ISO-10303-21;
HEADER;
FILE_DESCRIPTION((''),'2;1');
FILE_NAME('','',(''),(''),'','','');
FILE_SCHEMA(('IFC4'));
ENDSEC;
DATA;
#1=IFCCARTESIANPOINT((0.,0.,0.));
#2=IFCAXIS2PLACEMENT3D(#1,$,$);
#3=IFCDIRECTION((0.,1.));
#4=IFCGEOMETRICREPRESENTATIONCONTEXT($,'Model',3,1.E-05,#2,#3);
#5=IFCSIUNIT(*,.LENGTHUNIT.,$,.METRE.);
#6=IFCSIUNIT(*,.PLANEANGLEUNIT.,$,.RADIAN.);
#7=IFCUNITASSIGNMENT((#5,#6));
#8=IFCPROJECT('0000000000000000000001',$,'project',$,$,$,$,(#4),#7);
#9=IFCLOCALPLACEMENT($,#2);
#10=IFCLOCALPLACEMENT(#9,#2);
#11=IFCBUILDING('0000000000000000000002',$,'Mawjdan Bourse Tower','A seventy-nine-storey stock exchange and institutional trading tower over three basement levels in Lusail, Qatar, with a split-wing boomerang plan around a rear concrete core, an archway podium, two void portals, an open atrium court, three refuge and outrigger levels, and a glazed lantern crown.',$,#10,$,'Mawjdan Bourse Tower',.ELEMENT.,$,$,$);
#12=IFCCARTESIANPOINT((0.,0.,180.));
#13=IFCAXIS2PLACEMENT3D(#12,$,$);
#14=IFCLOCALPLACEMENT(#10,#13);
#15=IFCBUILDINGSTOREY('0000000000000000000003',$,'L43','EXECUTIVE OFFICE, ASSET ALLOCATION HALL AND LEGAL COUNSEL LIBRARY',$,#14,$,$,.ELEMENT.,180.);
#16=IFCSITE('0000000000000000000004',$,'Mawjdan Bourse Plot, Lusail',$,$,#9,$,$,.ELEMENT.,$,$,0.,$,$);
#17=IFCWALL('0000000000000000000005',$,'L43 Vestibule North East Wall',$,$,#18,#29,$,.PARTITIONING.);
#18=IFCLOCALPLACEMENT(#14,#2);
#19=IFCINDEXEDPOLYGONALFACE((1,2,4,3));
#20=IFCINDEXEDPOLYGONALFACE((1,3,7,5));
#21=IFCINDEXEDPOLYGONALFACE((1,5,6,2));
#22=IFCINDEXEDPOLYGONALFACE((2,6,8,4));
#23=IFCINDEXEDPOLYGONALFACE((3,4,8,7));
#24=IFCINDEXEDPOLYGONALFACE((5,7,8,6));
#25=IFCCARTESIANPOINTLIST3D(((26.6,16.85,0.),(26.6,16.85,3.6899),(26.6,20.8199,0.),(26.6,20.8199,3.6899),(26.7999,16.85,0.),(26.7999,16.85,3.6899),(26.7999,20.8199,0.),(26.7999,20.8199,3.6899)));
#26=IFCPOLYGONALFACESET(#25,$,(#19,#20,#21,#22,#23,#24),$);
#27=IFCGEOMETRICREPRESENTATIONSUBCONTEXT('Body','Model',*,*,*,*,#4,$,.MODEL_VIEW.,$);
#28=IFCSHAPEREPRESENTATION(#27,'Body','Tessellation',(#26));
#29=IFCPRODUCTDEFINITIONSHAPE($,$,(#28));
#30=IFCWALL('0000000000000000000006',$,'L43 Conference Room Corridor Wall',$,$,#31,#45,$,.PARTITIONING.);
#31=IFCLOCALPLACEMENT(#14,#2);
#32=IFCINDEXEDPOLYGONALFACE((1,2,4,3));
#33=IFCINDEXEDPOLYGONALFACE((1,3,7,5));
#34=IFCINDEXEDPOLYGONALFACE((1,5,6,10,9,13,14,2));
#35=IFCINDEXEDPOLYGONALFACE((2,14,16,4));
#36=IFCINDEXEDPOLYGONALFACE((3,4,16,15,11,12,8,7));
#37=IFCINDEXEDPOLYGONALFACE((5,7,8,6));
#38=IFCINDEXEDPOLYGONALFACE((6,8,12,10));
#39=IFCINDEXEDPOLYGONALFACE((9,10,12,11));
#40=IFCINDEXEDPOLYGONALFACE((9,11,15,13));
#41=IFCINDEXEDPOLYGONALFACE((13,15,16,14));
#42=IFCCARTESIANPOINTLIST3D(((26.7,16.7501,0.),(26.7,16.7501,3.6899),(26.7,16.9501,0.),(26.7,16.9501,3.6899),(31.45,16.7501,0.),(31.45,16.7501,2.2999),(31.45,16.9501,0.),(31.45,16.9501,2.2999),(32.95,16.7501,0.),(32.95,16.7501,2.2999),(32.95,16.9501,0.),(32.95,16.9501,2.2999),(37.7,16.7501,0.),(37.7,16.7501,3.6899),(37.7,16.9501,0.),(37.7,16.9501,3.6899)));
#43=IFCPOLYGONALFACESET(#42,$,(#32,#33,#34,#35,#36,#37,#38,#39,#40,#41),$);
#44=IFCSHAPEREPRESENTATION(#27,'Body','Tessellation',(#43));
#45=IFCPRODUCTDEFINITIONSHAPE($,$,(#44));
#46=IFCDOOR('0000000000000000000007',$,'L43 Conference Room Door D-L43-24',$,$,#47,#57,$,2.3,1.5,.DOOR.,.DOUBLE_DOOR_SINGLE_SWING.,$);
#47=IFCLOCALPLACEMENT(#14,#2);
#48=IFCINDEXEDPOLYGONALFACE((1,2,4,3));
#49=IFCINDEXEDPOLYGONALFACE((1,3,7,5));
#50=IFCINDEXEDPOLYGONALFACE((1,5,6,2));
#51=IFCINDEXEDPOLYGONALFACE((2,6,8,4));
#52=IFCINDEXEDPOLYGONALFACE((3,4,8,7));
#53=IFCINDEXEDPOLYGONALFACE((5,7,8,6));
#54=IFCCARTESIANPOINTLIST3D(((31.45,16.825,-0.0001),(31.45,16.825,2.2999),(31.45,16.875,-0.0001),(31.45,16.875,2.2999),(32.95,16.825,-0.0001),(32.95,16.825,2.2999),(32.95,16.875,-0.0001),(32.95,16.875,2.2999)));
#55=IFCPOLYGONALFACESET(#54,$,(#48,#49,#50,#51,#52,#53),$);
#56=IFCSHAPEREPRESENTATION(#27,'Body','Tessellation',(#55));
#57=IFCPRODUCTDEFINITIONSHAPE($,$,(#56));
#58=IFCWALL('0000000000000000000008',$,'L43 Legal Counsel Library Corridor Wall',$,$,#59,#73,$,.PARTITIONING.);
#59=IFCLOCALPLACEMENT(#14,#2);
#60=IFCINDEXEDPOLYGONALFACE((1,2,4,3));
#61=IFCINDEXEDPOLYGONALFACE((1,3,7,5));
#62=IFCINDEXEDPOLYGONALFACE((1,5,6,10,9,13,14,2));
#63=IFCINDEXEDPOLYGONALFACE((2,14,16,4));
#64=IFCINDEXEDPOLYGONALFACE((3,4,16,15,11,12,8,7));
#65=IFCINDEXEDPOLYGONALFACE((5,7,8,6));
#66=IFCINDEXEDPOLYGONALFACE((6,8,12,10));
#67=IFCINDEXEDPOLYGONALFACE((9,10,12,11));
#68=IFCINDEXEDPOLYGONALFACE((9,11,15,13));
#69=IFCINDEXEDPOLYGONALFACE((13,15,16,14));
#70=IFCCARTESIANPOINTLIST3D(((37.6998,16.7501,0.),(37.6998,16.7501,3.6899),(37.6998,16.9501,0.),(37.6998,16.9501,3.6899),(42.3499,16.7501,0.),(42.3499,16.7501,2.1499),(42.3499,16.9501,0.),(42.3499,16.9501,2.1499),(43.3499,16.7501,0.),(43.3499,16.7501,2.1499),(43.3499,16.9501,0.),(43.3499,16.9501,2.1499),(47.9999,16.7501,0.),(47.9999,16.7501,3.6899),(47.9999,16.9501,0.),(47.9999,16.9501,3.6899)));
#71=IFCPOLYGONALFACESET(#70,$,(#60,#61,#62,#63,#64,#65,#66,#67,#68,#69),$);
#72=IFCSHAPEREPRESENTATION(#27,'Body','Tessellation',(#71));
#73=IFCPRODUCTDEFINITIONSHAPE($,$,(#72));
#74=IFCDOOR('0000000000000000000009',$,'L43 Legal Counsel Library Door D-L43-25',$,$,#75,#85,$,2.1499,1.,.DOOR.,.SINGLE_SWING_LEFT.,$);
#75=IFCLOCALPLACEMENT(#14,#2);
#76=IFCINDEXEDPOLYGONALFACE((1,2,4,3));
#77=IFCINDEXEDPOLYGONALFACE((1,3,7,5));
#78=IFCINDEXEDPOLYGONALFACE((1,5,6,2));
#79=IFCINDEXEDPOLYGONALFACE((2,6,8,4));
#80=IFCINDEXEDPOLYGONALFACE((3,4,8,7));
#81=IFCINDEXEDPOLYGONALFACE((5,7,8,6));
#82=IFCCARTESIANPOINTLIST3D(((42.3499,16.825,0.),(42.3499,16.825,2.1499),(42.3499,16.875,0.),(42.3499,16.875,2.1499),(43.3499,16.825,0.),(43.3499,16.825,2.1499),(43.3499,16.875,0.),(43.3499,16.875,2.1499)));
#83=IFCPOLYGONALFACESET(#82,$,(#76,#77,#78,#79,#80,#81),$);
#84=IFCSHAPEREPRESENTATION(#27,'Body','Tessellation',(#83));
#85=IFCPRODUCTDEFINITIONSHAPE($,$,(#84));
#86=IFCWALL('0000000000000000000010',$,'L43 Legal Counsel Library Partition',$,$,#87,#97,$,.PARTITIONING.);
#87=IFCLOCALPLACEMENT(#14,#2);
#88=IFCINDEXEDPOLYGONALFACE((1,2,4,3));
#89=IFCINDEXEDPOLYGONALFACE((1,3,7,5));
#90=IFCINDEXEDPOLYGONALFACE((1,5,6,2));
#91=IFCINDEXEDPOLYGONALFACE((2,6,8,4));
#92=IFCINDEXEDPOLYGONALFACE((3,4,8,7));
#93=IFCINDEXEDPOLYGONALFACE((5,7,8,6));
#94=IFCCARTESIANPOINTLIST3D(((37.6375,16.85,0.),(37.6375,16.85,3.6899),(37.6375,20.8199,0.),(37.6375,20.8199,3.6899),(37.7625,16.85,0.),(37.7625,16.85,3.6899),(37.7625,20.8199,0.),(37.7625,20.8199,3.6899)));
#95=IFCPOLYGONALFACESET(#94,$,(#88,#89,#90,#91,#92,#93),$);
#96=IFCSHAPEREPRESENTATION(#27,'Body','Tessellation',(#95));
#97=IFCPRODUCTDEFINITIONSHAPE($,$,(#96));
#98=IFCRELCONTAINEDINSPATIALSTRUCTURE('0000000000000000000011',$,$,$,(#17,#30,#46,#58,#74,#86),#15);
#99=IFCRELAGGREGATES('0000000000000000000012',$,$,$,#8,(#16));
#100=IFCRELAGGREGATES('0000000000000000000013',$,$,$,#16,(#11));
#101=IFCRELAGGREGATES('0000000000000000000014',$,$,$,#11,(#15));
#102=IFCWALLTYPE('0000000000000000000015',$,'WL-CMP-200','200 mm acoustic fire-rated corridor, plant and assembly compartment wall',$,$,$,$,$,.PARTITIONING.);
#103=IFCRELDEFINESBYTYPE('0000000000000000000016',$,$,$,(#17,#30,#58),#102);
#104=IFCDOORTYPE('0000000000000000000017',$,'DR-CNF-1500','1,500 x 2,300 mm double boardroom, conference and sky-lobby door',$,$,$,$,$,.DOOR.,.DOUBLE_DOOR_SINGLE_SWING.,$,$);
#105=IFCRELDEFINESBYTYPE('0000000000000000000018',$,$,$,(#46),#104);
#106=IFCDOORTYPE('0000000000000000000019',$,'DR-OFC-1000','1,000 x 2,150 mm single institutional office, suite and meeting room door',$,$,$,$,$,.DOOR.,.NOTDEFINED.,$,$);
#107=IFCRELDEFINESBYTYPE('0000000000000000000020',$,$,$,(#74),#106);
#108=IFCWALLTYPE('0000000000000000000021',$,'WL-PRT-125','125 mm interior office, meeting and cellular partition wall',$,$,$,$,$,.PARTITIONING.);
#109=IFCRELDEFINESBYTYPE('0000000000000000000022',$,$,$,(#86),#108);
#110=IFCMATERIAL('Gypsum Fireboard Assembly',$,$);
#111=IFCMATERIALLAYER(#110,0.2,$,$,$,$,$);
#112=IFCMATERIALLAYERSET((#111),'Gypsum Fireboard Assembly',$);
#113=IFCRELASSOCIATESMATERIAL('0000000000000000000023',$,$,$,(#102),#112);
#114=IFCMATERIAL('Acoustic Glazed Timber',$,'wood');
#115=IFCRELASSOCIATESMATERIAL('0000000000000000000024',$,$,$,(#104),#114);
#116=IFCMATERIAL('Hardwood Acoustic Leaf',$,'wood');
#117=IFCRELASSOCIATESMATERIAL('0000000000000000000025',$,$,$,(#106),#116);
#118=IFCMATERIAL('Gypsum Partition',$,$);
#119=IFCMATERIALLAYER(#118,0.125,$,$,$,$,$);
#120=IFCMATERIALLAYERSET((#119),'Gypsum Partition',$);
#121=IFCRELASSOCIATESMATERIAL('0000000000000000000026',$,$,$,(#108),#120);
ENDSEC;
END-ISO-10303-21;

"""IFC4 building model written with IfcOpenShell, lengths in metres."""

from ifc_helpers import new_model, si_unit, direction, frame, frame_2d, origin, place, context, subcontext, project, spatial, rectangle, extrude, material, layer, layer_set, type_object, element, fill, save


model = new_model("IFC4")

# Units and contexts
model_context = context("Model", 3, precision=1e-05, world=origin(), true_north=direction((0.0, 1.0)))
body_context = subcontext(model_context, "Body", "Model", "MODEL_VIEW")
ifc_project = project(units=[si_unit("LENGTHUNIT", "METRE"), si_unit("PLANEANGLEUNIT", "RADIAN")], contexts=[model_context])

# Site, building, storey
site_placement = place(None, origin())
site = spatial("IfcSite", under=ifc_project, at=site_placement, Name="Mawjdan Bourse Plot, Lusail", CompositionType="ELEMENT", RefElevation=0.0)
building_placement = place(site_placement, origin())
building = spatial("IfcBuilding", under=site, at=building_placement, Name="Mawjdan Bourse Tower", Description="A seventy-nine-storey stock exchange and institutional trading tower over three basement levels in Lusail, Qatar, with a split-wing boomerang plan around a rear concrete core, an archway podium, two void portals, an open atrium court, three refuge and outrigger levels, and a glazed lantern crown.", LongName="Mawjdan Bourse Tower", CompositionType="ELEMENT")
storey_placement = place(building_placement, frame((0.0, 0.0, 180.0)))
storey = spatial("IfcBuildingStorey", under=building, at=storey_placement, Name="L43", Description="EXECUTIVE OFFICE, ASSET ALLOCATION HALL AND LEGAL COUNSEL LIBRARY", CompositionType="ELEMENT", Elevation=180.0)

# Wall
ifc_material_1 = material(Name="Gypsum Fireboard Assembly")
ifc_layer_1 = layer(ifc_material_1, 0.2)
ifc_layer_set_1 = layer_set([ifc_layer_1], Name="Gypsum Fireboard Assembly")
wall_type_1 = type_object("IfcWallType", Name="WL-CMP-200", Description="200 mm acoustic fire-rated corridor, plant and assembly compartment wall", PredefinedType="PARTITIONING", material=ifc_layer_set_1)
wall_1_placement = place(storey_placement, frame((26.7, 16.8501, 0.0), z_axis=(0.0, 0.0, 1.0), x_axis=(0.0, 1.0, 0.0)))
element("IfcWall", 1, at=wall_1_placement, inside=storey, type_object=wall_type_1, Name="L43 Vestibule North East Wall", PredefinedType="PARTITIONING", context=body_context, shape_type="SweptSolid", body=[
    extrude(rectangle(XDim=3.97, YDim=0.2, at=frame_2d((1.9849, 0.0))), origin(), (0.0, 0.0, 1.0), 3.6899),
])

# Walls, openings, doors
wall_2_placement = place(storey_placement, frame((26.7, 16.8501, 0.0), z_axis=(0.0, 0.0, 1.0), x_axis=(1.0, 0.0, 0.0)))
wall_2 = element("IfcWall", 2, at=wall_2_placement, inside=storey, type_object=wall_type_1, Name="L43 Conference Room Corridor Wall", PredefinedType="PARTITIONING", context=body_context, shape_type="SweptSolid", body=[
    extrude(rectangle(XDim=11.0, YDim=0.2, at=frame_2d((5.5, 0.0))), origin(), (0.0, 0.0, 1.0), 3.6899),
])
opening_1_placement = place(wall_2_placement, frame((4.75, 0.0, 0.0)))
opening_1 = element("IfcOpeningElement", 3, at=opening_1_placement, cuts=wall_2, PredefinedType="OPENING", context=body_context, shape_type="SweptSolid", body=[
    extrude(rectangle(XDim=1.5, YDim=2.3, at=frame_2d((0.75, 1.1499))), frame((0.0, 0.1099, 0.0), z_axis=(0.0, -1.0, 0.0), x_axis=(1.0, 0.0, 0.0)), (0.0, 0.0, 1.0), 0.22),
])
ifc_material_2 = material(Name="Acoustic Glazed Timber", Category="wood")
door_type_1 = type_object("IfcDoorType", Name="DR-CNF-1500", Description="1,500 x 2,300 mm double boardroom, conference and sky-lobby door", OperationType="DOUBLE_DOOR_SINGLE_SWING", PredefinedType="DOOR", material=ifc_material_2)
door_1_placement = place(opening_1_placement, origin())
door_1 = element("IfcDoor", 4, at=door_1_placement, inside=storey, type_object=door_type_1, Name="L43 Conference Room Door D-L43-24", OperationType="DOUBLE_DOOR_SINGLE_SWING", OverallHeight=2.3, OverallWidth=1.5, PredefinedType="DOOR", context=body_context, shape_type="SweptSolid", body=[
    extrude(rectangle(XDim=1.5, YDim=2.3, at=frame_2d((0.75, 1.1499))), frame((0.0, 0.0249, 0.0), z_axis=(0.0, -1.0, 0.0), x_axis=(1.0, 0.0, 0.0)), (0.0, 0.0, 1.0), 0.05),
])
fill(opening_1, door_1)
wall_3_placement = place(storey_placement, frame((37.7, 16.8501, 0.0), z_axis=(0.0, 0.0, 1.0), x_axis=(1.0, 0.0, 0.0)))
wall_3 = element("IfcWall", 5, at=wall_3_placement, inside=storey, type_object=wall_type_1, Name="L43 Legal Counsel Library Corridor Wall", PredefinedType="PARTITIONING", context=body_context, shape_type="SweptSolid", body=[
    extrude(rectangle(XDim=10.3, YDim=0.2, at=frame_2d((5.1499, 0.0))), origin(), (0.0, 0.0, 1.0), 3.6899),
])
opening_2_placement = place(wall_3_placement, frame((4.6499, 0.0, 0.0)))
opening_2 = element("IfcOpeningElement", 6, at=opening_2_placement, cuts=wall_3, PredefinedType="OPENING", context=body_context, shape_type="SweptSolid", body=[
    extrude(rectangle(XDim=1.0, YDim=2.1499, at=frame_2d((0.5, 1.075))), frame((0.0, 0.1099, 0.0), z_axis=(0.0, -1.0, 0.0), x_axis=(1.0, 0.0, 0.0)), (0.0, 0.0, 1.0), 0.22),
])
ifc_material_3 = material(Name="Hardwood Acoustic Leaf", Category="wood")
door_type_2 = type_object("IfcDoorType", Name="DR-OFC-1000", Description="1,000 x 2,150 mm single institutional office, suite and meeting room door", OperationType="NOTDEFINED", PredefinedType="DOOR", material=ifc_material_3)
door_2_placement = place(opening_2_placement, origin())
door_2 = element("IfcDoor", 7, at=door_2_placement, inside=storey, type_object=door_type_2, Name="L43 Legal Counsel Library Door D-L43-25", OperationType="SINGLE_SWING_LEFT", OverallHeight=2.1499, OverallWidth=1.0, PredefinedType="DOOR", context=body_context, shape_type="SweptSolid", body=[
    extrude(rectangle(XDim=1.0, YDim=2.1499, at=frame_2d((0.5, 1.075))), frame((0.0, 0.0249, 0.0), z_axis=(0.0, -1.0, 0.0), x_axis=(1.0, 0.0, 0.0)), (0.0, 0.0, 1.0), 0.05),
])
fill(opening_2, door_2)

# Wall
ifc_material_4 = material(Name="Gypsum Partition")
ifc_layer_2 = layer(ifc_material_4, 0.125)
ifc_layer_set_2 = layer_set([ifc_layer_2], Name="Gypsum Partition")
wall_type_2 = type_object("IfcWallType", Name="WL-PRT-125", Description="125 mm interior office, meeting and cellular partition wall", PredefinedType="PARTITIONING", material=ifc_layer_set_2)
wall_4_placement = place(storey_placement, frame((37.7, 16.8501, 0.0), z_axis=(0.0, 0.0, 1.0), x_axis=(0.0, 1.0, 0.0)))
element("IfcWall", 8, at=wall_4_placement, inside=storey, type_object=wall_type_2, Name="L43 Legal Counsel Library Partition", PredefinedType="PARTITIONING", context=body_context, shape_type="SweptSolid", body=[
    extrude(rectangle(XDim=3.97, YDim=0.125, at=frame_2d((1.9849, 0.0))), origin(), (0.0, 0.0, 1.0), 3.6899),
])

save(model, "model.ifc")
